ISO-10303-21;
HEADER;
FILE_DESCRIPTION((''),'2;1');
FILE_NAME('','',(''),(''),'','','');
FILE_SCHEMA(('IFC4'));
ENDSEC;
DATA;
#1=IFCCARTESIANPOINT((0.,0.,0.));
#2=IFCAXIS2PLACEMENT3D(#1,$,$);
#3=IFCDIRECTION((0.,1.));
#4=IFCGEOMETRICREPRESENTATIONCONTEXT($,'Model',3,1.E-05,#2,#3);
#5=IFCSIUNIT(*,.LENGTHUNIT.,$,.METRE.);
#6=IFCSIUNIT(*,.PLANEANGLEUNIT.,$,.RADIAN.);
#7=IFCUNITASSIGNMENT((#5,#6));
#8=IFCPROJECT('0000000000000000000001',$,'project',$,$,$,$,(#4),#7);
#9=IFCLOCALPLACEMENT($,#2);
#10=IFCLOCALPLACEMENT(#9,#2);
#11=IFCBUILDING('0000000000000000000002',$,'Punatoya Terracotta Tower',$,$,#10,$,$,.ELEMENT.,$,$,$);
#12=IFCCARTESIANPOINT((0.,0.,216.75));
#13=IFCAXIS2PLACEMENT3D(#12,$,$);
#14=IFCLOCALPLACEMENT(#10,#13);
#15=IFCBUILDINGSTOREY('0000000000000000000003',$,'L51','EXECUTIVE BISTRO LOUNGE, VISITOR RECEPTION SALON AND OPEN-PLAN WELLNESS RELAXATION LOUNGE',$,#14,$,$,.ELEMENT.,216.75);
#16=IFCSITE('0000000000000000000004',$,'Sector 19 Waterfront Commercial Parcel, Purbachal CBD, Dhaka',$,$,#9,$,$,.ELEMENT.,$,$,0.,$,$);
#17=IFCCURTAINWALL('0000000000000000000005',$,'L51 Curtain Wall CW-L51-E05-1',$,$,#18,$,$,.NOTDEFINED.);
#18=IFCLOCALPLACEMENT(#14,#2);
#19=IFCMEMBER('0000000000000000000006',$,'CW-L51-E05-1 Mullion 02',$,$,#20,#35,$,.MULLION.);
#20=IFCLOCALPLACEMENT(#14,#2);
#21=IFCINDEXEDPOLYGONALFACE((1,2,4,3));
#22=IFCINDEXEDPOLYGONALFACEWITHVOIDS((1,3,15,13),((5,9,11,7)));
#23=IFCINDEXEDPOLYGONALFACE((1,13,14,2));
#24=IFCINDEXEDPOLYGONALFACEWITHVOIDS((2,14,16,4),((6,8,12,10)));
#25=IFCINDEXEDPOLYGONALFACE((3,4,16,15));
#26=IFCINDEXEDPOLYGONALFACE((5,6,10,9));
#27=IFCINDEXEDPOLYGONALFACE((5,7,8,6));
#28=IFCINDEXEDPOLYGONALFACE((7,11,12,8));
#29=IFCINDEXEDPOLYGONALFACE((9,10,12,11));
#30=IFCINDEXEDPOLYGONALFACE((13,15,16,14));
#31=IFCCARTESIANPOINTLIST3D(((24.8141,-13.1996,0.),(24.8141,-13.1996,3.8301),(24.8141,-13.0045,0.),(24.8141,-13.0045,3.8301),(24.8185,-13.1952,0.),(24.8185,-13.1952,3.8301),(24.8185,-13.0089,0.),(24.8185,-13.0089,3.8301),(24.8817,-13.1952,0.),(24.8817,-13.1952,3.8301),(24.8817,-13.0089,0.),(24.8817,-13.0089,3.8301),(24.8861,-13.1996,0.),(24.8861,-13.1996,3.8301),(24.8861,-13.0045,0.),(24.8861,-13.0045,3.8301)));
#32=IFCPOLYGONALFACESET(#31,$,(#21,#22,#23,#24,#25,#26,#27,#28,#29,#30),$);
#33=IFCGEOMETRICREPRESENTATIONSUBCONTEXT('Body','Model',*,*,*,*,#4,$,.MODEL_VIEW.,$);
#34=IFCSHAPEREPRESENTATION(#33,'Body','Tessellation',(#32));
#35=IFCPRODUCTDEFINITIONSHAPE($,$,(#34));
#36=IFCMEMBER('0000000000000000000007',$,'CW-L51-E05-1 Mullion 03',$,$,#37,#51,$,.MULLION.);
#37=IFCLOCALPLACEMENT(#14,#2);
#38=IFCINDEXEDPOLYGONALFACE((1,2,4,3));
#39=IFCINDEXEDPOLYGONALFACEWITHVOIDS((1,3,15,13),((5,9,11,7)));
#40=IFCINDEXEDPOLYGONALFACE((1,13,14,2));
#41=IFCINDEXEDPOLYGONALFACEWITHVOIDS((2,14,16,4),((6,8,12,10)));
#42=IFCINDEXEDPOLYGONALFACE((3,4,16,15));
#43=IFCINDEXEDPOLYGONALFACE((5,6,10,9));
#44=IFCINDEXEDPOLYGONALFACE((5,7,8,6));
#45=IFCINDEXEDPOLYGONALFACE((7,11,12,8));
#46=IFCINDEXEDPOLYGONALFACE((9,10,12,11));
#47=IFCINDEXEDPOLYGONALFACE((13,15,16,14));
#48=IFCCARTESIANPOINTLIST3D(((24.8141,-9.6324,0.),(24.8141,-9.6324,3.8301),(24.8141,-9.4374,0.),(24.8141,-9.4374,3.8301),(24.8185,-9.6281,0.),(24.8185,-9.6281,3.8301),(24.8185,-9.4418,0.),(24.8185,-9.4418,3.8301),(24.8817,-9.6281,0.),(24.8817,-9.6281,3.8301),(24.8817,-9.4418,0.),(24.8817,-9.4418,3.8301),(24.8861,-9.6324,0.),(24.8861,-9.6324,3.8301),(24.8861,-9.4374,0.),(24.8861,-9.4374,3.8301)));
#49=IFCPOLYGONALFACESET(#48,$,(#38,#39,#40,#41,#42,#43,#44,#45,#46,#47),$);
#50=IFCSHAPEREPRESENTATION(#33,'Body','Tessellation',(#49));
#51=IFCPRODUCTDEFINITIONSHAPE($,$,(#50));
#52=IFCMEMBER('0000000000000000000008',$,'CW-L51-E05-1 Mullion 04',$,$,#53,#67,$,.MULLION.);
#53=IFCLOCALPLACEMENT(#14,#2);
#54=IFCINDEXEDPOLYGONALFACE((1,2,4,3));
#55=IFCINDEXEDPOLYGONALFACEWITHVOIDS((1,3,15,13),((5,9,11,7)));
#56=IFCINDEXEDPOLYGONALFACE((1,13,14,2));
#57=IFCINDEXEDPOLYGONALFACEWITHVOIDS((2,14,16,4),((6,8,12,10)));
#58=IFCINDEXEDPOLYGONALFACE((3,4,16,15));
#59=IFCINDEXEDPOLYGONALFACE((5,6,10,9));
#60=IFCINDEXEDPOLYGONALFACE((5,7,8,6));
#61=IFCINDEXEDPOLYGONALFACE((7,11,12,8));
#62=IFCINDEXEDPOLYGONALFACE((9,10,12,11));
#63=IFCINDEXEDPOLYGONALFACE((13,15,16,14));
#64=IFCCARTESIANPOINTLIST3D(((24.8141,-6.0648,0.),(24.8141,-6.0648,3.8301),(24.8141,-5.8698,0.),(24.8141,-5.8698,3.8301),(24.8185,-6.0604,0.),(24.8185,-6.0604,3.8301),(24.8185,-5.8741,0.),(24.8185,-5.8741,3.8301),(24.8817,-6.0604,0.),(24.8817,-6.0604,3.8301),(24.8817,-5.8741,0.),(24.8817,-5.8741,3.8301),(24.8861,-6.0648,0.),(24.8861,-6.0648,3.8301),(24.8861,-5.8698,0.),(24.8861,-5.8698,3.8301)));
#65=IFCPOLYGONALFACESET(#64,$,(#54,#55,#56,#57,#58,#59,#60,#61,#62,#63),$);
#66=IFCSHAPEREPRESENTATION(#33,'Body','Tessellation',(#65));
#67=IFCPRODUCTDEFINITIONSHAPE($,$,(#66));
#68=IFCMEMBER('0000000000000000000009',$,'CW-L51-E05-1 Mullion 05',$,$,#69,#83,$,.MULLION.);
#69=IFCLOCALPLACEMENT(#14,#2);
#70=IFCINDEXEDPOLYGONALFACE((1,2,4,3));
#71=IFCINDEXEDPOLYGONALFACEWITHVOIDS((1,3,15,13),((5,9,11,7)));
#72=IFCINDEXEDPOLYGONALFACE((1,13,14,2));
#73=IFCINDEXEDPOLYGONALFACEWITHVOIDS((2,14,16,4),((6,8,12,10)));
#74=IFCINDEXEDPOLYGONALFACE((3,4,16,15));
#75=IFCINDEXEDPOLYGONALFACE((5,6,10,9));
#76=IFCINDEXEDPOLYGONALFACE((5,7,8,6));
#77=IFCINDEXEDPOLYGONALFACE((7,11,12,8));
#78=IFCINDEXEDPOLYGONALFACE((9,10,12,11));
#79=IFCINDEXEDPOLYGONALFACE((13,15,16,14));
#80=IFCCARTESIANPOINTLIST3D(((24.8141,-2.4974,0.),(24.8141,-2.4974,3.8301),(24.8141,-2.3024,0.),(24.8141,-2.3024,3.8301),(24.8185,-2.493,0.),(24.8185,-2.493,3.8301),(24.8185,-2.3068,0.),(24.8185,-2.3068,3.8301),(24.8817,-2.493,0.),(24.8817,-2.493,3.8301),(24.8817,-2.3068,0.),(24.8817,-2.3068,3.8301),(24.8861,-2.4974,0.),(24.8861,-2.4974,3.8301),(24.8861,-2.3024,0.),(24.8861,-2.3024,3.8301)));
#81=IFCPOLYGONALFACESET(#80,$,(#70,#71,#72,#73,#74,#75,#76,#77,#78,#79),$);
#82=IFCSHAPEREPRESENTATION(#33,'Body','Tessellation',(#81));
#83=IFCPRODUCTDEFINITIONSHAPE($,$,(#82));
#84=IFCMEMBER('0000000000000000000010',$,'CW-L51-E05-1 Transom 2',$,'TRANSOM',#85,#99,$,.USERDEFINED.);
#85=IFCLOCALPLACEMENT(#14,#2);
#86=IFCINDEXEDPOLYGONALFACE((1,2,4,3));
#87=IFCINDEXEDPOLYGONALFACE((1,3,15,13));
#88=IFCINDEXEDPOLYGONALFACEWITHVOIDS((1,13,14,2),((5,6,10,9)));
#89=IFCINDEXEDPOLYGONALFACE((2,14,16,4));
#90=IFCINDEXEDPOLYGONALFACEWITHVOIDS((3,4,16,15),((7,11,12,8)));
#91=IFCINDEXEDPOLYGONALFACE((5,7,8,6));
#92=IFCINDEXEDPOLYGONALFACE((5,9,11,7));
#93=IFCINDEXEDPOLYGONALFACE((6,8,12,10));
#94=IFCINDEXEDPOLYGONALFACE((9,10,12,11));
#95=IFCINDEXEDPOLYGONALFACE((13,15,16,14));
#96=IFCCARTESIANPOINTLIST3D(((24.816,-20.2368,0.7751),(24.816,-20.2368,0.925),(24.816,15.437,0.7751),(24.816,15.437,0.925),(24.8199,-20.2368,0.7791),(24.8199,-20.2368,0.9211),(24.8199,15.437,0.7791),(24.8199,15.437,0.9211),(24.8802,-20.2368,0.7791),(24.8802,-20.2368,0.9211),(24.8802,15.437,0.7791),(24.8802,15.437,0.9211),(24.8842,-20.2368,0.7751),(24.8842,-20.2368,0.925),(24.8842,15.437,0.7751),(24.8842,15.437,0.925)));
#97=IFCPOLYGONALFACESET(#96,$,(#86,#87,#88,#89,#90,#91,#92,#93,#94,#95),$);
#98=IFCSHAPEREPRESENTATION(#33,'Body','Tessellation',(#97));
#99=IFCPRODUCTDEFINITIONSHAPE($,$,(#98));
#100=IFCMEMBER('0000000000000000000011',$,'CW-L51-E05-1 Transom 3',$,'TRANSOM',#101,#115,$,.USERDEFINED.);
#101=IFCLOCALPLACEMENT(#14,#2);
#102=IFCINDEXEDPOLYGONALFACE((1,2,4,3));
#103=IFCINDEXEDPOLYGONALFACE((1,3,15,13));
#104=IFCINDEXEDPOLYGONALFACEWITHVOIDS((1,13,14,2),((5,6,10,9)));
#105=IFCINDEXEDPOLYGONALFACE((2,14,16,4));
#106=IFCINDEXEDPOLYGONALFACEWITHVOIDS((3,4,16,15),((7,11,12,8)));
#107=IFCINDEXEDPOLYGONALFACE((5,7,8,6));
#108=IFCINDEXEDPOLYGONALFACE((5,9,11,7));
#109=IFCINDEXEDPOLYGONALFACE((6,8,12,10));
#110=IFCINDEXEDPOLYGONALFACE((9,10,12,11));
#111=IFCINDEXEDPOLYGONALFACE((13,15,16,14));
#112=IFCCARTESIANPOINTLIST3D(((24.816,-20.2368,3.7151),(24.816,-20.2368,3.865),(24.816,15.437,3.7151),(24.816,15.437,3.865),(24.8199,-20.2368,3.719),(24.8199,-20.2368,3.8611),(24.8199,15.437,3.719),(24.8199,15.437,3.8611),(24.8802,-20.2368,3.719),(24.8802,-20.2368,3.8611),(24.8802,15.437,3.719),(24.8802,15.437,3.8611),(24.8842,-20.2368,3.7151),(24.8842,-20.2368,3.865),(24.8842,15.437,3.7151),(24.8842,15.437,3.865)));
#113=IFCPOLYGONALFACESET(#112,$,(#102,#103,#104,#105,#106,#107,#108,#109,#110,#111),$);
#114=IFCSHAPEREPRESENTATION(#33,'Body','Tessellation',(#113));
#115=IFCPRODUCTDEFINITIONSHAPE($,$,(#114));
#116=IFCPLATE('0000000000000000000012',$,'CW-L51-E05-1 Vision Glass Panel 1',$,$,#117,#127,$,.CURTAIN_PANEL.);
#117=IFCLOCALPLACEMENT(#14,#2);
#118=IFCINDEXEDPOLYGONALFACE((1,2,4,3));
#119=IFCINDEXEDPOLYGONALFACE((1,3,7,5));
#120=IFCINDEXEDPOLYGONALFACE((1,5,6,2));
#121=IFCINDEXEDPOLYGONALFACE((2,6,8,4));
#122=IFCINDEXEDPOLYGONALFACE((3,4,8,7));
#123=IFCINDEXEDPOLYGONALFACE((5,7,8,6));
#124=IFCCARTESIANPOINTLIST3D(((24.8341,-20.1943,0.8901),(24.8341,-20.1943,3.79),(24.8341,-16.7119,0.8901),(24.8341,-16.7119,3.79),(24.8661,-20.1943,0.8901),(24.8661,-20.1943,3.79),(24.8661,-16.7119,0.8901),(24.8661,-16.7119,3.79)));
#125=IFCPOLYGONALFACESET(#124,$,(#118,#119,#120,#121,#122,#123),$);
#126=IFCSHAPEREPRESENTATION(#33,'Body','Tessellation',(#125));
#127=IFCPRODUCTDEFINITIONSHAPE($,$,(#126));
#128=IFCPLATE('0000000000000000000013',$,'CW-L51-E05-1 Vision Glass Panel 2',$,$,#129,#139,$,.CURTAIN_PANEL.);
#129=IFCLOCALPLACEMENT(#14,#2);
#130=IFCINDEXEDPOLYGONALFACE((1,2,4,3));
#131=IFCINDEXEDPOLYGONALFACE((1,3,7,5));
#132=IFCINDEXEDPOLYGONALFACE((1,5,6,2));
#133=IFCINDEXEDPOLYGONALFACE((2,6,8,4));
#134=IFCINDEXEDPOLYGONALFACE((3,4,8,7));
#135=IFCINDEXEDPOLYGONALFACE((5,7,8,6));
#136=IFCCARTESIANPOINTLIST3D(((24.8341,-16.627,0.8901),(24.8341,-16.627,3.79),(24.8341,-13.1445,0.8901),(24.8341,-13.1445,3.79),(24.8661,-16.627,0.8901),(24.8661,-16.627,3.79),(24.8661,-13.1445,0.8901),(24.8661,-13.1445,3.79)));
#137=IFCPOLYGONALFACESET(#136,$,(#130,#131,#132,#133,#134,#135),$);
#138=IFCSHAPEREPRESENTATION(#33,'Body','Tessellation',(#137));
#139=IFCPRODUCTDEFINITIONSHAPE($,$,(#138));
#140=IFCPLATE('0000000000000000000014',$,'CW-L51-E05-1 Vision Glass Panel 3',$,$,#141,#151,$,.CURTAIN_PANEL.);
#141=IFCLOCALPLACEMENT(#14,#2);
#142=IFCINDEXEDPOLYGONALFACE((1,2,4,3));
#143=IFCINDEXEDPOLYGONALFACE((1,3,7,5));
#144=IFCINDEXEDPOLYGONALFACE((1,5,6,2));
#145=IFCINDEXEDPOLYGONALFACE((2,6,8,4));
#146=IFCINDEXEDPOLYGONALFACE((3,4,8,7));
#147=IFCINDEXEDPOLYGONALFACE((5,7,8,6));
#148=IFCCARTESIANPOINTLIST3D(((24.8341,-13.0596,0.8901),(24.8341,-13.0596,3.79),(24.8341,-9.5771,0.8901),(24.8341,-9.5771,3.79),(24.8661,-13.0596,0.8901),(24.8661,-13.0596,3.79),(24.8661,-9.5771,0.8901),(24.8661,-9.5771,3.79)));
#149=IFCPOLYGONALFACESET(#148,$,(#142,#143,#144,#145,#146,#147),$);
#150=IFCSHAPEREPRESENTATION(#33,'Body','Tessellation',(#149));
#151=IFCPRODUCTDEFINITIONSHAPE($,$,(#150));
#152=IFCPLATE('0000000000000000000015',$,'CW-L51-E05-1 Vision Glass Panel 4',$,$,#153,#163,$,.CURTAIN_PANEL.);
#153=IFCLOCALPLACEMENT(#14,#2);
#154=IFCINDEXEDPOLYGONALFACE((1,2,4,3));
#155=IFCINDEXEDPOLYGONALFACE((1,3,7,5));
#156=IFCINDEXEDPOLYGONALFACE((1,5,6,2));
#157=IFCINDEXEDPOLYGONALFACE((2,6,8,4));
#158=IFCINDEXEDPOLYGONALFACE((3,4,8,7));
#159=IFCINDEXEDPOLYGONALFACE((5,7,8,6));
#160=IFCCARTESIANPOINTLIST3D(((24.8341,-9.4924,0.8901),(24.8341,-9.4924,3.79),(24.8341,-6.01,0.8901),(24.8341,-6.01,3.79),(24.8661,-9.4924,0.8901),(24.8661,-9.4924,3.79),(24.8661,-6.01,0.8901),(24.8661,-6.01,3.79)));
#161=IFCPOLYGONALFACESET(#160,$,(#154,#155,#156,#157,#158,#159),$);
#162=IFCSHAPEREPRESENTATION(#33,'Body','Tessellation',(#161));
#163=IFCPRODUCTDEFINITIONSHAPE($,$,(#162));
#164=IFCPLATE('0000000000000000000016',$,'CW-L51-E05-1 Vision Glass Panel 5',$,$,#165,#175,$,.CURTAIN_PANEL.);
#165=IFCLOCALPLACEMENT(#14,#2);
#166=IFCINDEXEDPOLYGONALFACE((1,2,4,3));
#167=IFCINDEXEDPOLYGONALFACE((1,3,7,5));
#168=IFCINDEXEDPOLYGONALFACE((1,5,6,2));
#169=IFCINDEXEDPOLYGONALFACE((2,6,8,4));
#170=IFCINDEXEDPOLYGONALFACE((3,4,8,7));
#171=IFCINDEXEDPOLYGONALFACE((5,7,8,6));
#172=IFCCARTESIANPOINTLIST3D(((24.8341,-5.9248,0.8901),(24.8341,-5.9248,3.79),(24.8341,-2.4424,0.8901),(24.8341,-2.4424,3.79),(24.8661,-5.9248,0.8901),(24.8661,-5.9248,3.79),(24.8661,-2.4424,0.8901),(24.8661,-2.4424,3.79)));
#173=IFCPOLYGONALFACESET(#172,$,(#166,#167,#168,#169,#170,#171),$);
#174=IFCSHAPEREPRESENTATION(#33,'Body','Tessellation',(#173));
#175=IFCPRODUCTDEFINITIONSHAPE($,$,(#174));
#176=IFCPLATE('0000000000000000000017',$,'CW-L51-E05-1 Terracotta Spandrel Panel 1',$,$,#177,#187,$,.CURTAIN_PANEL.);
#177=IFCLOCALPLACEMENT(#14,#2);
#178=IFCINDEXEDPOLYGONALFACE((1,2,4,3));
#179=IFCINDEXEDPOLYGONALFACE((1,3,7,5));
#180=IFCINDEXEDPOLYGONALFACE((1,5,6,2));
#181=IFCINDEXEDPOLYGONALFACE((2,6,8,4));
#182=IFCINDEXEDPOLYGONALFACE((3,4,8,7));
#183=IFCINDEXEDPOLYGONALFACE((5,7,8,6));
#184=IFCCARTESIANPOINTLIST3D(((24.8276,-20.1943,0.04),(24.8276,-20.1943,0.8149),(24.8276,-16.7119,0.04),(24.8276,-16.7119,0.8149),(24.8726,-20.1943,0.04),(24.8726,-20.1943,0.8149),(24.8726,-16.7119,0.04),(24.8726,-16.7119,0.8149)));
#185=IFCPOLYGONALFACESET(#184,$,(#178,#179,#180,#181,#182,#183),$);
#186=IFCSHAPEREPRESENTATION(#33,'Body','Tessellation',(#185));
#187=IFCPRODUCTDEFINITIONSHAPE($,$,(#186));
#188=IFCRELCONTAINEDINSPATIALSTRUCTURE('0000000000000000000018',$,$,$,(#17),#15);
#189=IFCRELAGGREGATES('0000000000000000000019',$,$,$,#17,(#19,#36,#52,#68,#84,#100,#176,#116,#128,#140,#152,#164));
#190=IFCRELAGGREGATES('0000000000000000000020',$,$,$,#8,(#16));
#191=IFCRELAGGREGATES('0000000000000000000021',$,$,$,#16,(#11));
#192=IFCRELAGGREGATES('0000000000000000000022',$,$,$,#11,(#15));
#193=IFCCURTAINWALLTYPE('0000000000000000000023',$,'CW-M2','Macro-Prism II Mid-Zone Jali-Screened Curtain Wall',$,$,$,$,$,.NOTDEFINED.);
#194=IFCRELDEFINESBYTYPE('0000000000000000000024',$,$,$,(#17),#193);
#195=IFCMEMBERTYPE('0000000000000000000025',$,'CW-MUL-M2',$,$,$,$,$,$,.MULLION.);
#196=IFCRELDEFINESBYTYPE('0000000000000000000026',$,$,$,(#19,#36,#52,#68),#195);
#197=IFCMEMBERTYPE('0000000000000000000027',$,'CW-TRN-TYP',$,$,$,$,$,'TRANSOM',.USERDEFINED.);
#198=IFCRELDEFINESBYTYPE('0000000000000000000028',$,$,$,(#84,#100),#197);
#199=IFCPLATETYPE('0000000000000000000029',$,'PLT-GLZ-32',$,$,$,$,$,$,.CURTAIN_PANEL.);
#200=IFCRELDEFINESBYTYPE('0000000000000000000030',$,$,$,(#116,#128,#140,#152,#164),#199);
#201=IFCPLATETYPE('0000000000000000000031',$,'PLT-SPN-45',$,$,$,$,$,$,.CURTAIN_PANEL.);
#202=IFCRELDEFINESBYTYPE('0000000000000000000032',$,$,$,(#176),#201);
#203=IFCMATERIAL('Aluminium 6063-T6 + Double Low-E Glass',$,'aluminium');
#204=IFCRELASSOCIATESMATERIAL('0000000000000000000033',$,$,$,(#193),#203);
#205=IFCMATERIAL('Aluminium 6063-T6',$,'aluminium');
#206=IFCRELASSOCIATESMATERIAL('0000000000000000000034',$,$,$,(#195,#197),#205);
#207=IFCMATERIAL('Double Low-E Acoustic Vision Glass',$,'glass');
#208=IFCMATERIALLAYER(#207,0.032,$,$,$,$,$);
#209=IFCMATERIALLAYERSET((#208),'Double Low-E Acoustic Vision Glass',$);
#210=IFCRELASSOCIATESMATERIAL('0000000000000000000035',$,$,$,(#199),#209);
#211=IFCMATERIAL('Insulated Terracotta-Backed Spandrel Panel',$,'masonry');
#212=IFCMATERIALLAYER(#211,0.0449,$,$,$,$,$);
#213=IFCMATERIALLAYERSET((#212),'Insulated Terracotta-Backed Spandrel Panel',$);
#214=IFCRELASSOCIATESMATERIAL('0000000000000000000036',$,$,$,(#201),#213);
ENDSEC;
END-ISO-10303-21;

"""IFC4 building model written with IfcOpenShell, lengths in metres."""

from ifc_helpers import new_model, si_unit, direction, frame, origin, origin_2d, place, context, subcontext, project, spatial, rectangle, hollow_rectangle, extrude, material, layer, layer_set, material_profile, profile_set, type_object, element, aggregate, save


model = new_model("IFC4")

# Units and contexts
model_context = context("Model", 3, precision=1e-05, world=origin(), true_north=direction((0.0, 1.0)))
body_context = subcontext(model_context, "Body", "Model", "MODEL_VIEW")
ifc_project = project(units=[si_unit("LENGTHUNIT", "METRE"), si_unit("PLANEANGLEUNIT", "RADIAN")], contexts=[model_context])

# Site, building, storey
site_placement = place(None, origin())
site = spatial("IfcSite", under=ifc_project, at=site_placement, Name="Sector 19 Waterfront Commercial Parcel, Purbachal CBD, Dhaka", CompositionType="ELEMENT", RefElevation=0.0)
building_placement = place(site_placement, origin())
building = spatial("IfcBuilding", under=site, at=building_placement, Name="Punatoya Terracotta Tower", CompositionType="ELEMENT")
storey_placement = place(building_placement, frame((0.0, 0.0, 216.75)))
storey = spatial("IfcBuildingStorey", under=building, at=storey_placement, Name="L51", Description="EXECUTIVE BISTRO LOUNGE, VISITOR RECEPTION SALON AND OPEN-PLAN WELLNESS RELAXATION LOUNGE", CompositionType="ELEMENT", Elevation=216.75)

# Curtain wall, members, plates
ifc_material_1 = material(Name="Aluminium 6063-T6 + Double Low-E Glass", Category="aluminium")
curtain_wall_type = type_object("IfcCurtainWallType", Name="CW-M2", Description="Macro-Prism II Mid-Zone Jali-Screened Curtain Wall", PredefinedType="NOTDEFINED", material=ifc_material_1)
curtain_wall_placement = place(storey_placement, origin())
curtain_wall = element("IfcCurtainWall", 1, at=curtain_wall_placement, inside=storey, type_object=curtain_wall_type, Name="L51 Curtain Wall CW-L51-E05-1", PredefinedType="NOTDEFINED")
ifc_material_2 = material(Name="Aluminium 6063-T6", Category="aluminium")
ifc_material_profile_1 = material_profile(ifc_material_2, hollow_rectangle(XDim=0.072, YDim=0.1951, WallThickness=0.0044, at=origin_2d()))
ifc_profile_set_1 = profile_set([ifc_material_profile_1], Name="Aluminium 6063-T6")
member_type_1 = type_object("IfcMemberType", Name="CW-MUL-M2", PredefinedType="MULLION", material=ifc_profile_set_1)
member_1_placement = place(storey_placement, frame((24.8501, -13.1021, 0.0), z_axis=(0.0, 0.0, 1.0), x_axis=(1.0, 0.0, 0.0)))
member_1 = element("IfcMember", 2, at=member_1_placement, type_object=member_type_1, Name="CW-L51-E05-1 Mullion 02", PredefinedType="MULLION", context=body_context, shape_type="SweptSolid", body=[
    extrude(hollow_rectangle(XDim=0.072, YDim=0.1951, WallThickness=0.0044, at=origin_2d()), origin(), (0.0, 0.0, 1.0), 3.8301),
])
member_2_placement = place(storey_placement, frame((24.8501, -9.5349, 0.0), z_axis=(0.0, 0.0, 1.0), x_axis=(1.0, 0.0, 0.0)))
member_2 = element("IfcMember", 3, at=member_2_placement, type_object=member_type_1, Name="CW-L51-E05-1 Mullion 03", PredefinedType="MULLION", context=body_context, shape_type="SweptSolid", body=[
    extrude(hollow_rectangle(XDim=0.072, YDim=0.1951, WallThickness=0.0044, at=origin_2d()), origin(), (0.0, 0.0, 1.0), 3.8301),
])
member_3_placement = place(storey_placement, frame((24.8501, -5.9673, 0.0), z_axis=(0.0, 0.0, 1.0), x_axis=(1.0, 0.0, 0.0)))
member_3 = element("IfcMember", 4, at=member_3_placement, type_object=member_type_1, Name="CW-L51-E05-1 Mullion 04", PredefinedType="MULLION", context=body_context, shape_type="SweptSolid", body=[
    extrude(hollow_rectangle(XDim=0.072, YDim=0.1951, WallThickness=0.0044, at=origin_2d()), origin(), (0.0, 0.0, 1.0), 3.8301),
])
member_4_placement = place(storey_placement, frame((24.8501, -2.3999, 0.0), z_axis=(0.0, 0.0, 1.0), x_axis=(1.0, 0.0, 0.0)))
member_4 = element("IfcMember", 5, at=member_4_placement, type_object=member_type_1, Name="CW-L51-E05-1 Mullion 05", PredefinedType="MULLION", context=body_context, shape_type="SweptSolid", body=[
    extrude(hollow_rectangle(XDim=0.072, YDim=0.1951, WallThickness=0.0044, at=origin_2d()), origin(), (0.0, 0.0, 1.0), 3.8301),
])
ifc_material_profile_2 = material_profile(ifc_material_2, hollow_rectangle(XDim=0.0681, YDim=0.1499, WallThickness=0.0039, at=origin_2d()))
ifc_profile_set_2 = profile_set([ifc_material_profile_2], Name="Aluminium 6063-T6")
member_type_2 = type_object("IfcMemberType", Name="CW-TRN-TYP", ElementType="TRANSOM", PredefinedType="USERDEFINED", material=ifc_profile_set_2)
member_5_placement = place(storey_placement, frame((24.8501, -20.2368, 0.8501), z_axis=(0.0, 1.0, 0.0), x_axis=(-1.0, 0.0, 0.0)))
member_5 = element("IfcMember", 6, at=member_5_placement, type_object=member_type_2, Name="CW-L51-E05-1 Transom 2", ObjectType="TRANSOM", PredefinedType="USERDEFINED", context=body_context, shape_type="SweptSolid", body=[
    extrude(hollow_rectangle(XDim=0.0681, YDim=0.1499, WallThickness=0.0039, at=origin_2d()), origin(), (0.0, 0.0, 1.0), 35.6738),
])
member_6_placement = place(storey_placement, frame((24.8501, -20.2368, 3.79), z_axis=(0.0, 1.0, 0.0), x_axis=(-1.0, 0.0, 0.0)))
member_6 = element("IfcMember", 7, at=member_6_placement, type_object=member_type_2, Name="CW-L51-E05-1 Transom 3", ObjectType="TRANSOM", PredefinedType="USERDEFINED", context=body_context, shape_type="SweptSolid", body=[
    extrude(hollow_rectangle(XDim=0.0681, YDim=0.1499, WallThickness=0.0039, at=origin_2d()), origin(), (0.0, 0.0, 1.0), 35.6738),
])
ifc_material_3 = material(Name="Double Low-E Acoustic Vision Glass", Category="glass")
ifc_layer_1 = layer(ifc_material_3, 0.032)
ifc_layer_set_1 = layer_set([ifc_layer_1], Name="Double Low-E Acoustic Vision Glass")
plate_type_1 = type_object("IfcPlateType", Name="PLT-GLZ-32", PredefinedType="CURTAIN_PANEL", material=ifc_layer_set_1)
plate_1_placement = place(storey_placement, frame((24.8501, -18.4531, 0.8901), z_axis=(0.0, 0.0, 1.0), x_axis=(0.0, 1.0, 0.0)))
plate_1 = element("IfcPlate", 8, at=plate_1_placement, type_object=plate_type_1, Name="CW-L51-E05-1 Vision Glass Panel 1", PredefinedType="CURTAIN_PANEL", context=body_context, shape_type="SweptSolid", body=[
    extrude(rectangle(XDim=3.4824, YDim=0.032, at=origin_2d()), origin(), (0.0, 0.0, 1.0), 2.8999),
])
plate_2_placement = place(storey_placement, frame((24.8501, -14.8857, 0.8901), z_axis=(0.0, 0.0, 1.0), x_axis=(0.0, 1.0, 0.0)))
plate_2 = element("IfcPlate", 9, at=plate_2_placement, type_object=plate_type_1, Name="CW-L51-E05-1 Vision Glass Panel 2", PredefinedType="CURTAIN_PANEL", context=body_context, shape_type="SweptSolid", body=[
    extrude(rectangle(XDim=3.4824, YDim=0.032, at=origin_2d()), origin(), (0.0, 0.0, 1.0), 2.8999),
])
plate_3_placement = place(storey_placement, frame((24.8501, -11.3184, 0.8901), z_axis=(0.0, 0.0, 1.0), x_axis=(0.0, 1.0, 0.0)))
plate_3 = element("IfcPlate", 10, at=plate_3_placement, type_object=plate_type_1, Name="CW-L51-E05-1 Vision Glass Panel 3", PredefinedType="CURTAIN_PANEL", context=body_context, shape_type="SweptSolid", body=[
    extrude(rectangle(XDim=3.4824, YDim=0.032, at=origin_2d()), origin(), (0.0, 0.0, 1.0), 2.8999),
])
plate_4_placement = place(storey_placement, frame((24.8501, -7.7512, 0.8901), z_axis=(0.0, 0.0, 1.0), x_axis=(0.0, 1.0, 0.0)))
plate_4 = element("IfcPlate", 11, at=plate_4_placement, type_object=plate_type_1, Name="CW-L51-E05-1 Vision Glass Panel 4", PredefinedType="CURTAIN_PANEL", context=body_context, shape_type="SweptSolid", body=[
    extrude(rectangle(XDim=3.4824, YDim=0.032, at=origin_2d()), origin(), (0.0, 0.0, 1.0), 2.8999),
])
plate_5_placement = place(storey_placement, frame((24.8501, -4.1836, 0.8901), z_axis=(0.0, 0.0, 1.0), x_axis=(0.0, 1.0, 0.0)))
plate_5 = element("IfcPlate", 12, at=plate_5_placement, type_object=plate_type_1, Name="CW-L51-E05-1 Vision Glass Panel 5", PredefinedType="CURTAIN_PANEL", context=body_context, shape_type="SweptSolid", body=[
    extrude(rectangle(XDim=3.4824, YDim=0.032, at=origin_2d()), origin(), (0.0, 0.0, 1.0), 2.8999),
])
ifc_material_4 = material(Name="Insulated Terracotta-Backed Spandrel Panel", Category="masonry")
ifc_layer_2 = layer(ifc_material_4, 0.0449)
ifc_layer_set_2 = layer_set([ifc_layer_2], Name="Insulated Terracotta-Backed Spandrel Panel")
plate_type_2 = type_object("IfcPlateType", Name="PLT-SPN-45", PredefinedType="CURTAIN_PANEL", material=ifc_layer_set_2)
plate_6_placement = place(storey_placement, frame((24.8501, -18.4531, 0.04), z_axis=(0.0, 0.0, 1.0), x_axis=(0.0, 1.0, 0.0)))
plate_6 = element("IfcPlate", 13, at=plate_6_placement, type_object=plate_type_2, Name="CW-L51-E05-1 Terracotta Spandrel Panel 1", PredefinedType="CURTAIN_PANEL", context=body_context, shape_type="SweptSolid", body=[
    extrude(rectangle(XDim=3.4824, YDim=0.0449, at=origin_2d()), origin(), (0.0, 0.0, 1.0), 0.7749),
])
aggregate(curtain_wall, [member_1, member_2, member_3, member_4, member_5, member_6, plate_6, plate_1, plate_2, plate_3, plate_4, plate_5])

save(model, "model.ifc")
